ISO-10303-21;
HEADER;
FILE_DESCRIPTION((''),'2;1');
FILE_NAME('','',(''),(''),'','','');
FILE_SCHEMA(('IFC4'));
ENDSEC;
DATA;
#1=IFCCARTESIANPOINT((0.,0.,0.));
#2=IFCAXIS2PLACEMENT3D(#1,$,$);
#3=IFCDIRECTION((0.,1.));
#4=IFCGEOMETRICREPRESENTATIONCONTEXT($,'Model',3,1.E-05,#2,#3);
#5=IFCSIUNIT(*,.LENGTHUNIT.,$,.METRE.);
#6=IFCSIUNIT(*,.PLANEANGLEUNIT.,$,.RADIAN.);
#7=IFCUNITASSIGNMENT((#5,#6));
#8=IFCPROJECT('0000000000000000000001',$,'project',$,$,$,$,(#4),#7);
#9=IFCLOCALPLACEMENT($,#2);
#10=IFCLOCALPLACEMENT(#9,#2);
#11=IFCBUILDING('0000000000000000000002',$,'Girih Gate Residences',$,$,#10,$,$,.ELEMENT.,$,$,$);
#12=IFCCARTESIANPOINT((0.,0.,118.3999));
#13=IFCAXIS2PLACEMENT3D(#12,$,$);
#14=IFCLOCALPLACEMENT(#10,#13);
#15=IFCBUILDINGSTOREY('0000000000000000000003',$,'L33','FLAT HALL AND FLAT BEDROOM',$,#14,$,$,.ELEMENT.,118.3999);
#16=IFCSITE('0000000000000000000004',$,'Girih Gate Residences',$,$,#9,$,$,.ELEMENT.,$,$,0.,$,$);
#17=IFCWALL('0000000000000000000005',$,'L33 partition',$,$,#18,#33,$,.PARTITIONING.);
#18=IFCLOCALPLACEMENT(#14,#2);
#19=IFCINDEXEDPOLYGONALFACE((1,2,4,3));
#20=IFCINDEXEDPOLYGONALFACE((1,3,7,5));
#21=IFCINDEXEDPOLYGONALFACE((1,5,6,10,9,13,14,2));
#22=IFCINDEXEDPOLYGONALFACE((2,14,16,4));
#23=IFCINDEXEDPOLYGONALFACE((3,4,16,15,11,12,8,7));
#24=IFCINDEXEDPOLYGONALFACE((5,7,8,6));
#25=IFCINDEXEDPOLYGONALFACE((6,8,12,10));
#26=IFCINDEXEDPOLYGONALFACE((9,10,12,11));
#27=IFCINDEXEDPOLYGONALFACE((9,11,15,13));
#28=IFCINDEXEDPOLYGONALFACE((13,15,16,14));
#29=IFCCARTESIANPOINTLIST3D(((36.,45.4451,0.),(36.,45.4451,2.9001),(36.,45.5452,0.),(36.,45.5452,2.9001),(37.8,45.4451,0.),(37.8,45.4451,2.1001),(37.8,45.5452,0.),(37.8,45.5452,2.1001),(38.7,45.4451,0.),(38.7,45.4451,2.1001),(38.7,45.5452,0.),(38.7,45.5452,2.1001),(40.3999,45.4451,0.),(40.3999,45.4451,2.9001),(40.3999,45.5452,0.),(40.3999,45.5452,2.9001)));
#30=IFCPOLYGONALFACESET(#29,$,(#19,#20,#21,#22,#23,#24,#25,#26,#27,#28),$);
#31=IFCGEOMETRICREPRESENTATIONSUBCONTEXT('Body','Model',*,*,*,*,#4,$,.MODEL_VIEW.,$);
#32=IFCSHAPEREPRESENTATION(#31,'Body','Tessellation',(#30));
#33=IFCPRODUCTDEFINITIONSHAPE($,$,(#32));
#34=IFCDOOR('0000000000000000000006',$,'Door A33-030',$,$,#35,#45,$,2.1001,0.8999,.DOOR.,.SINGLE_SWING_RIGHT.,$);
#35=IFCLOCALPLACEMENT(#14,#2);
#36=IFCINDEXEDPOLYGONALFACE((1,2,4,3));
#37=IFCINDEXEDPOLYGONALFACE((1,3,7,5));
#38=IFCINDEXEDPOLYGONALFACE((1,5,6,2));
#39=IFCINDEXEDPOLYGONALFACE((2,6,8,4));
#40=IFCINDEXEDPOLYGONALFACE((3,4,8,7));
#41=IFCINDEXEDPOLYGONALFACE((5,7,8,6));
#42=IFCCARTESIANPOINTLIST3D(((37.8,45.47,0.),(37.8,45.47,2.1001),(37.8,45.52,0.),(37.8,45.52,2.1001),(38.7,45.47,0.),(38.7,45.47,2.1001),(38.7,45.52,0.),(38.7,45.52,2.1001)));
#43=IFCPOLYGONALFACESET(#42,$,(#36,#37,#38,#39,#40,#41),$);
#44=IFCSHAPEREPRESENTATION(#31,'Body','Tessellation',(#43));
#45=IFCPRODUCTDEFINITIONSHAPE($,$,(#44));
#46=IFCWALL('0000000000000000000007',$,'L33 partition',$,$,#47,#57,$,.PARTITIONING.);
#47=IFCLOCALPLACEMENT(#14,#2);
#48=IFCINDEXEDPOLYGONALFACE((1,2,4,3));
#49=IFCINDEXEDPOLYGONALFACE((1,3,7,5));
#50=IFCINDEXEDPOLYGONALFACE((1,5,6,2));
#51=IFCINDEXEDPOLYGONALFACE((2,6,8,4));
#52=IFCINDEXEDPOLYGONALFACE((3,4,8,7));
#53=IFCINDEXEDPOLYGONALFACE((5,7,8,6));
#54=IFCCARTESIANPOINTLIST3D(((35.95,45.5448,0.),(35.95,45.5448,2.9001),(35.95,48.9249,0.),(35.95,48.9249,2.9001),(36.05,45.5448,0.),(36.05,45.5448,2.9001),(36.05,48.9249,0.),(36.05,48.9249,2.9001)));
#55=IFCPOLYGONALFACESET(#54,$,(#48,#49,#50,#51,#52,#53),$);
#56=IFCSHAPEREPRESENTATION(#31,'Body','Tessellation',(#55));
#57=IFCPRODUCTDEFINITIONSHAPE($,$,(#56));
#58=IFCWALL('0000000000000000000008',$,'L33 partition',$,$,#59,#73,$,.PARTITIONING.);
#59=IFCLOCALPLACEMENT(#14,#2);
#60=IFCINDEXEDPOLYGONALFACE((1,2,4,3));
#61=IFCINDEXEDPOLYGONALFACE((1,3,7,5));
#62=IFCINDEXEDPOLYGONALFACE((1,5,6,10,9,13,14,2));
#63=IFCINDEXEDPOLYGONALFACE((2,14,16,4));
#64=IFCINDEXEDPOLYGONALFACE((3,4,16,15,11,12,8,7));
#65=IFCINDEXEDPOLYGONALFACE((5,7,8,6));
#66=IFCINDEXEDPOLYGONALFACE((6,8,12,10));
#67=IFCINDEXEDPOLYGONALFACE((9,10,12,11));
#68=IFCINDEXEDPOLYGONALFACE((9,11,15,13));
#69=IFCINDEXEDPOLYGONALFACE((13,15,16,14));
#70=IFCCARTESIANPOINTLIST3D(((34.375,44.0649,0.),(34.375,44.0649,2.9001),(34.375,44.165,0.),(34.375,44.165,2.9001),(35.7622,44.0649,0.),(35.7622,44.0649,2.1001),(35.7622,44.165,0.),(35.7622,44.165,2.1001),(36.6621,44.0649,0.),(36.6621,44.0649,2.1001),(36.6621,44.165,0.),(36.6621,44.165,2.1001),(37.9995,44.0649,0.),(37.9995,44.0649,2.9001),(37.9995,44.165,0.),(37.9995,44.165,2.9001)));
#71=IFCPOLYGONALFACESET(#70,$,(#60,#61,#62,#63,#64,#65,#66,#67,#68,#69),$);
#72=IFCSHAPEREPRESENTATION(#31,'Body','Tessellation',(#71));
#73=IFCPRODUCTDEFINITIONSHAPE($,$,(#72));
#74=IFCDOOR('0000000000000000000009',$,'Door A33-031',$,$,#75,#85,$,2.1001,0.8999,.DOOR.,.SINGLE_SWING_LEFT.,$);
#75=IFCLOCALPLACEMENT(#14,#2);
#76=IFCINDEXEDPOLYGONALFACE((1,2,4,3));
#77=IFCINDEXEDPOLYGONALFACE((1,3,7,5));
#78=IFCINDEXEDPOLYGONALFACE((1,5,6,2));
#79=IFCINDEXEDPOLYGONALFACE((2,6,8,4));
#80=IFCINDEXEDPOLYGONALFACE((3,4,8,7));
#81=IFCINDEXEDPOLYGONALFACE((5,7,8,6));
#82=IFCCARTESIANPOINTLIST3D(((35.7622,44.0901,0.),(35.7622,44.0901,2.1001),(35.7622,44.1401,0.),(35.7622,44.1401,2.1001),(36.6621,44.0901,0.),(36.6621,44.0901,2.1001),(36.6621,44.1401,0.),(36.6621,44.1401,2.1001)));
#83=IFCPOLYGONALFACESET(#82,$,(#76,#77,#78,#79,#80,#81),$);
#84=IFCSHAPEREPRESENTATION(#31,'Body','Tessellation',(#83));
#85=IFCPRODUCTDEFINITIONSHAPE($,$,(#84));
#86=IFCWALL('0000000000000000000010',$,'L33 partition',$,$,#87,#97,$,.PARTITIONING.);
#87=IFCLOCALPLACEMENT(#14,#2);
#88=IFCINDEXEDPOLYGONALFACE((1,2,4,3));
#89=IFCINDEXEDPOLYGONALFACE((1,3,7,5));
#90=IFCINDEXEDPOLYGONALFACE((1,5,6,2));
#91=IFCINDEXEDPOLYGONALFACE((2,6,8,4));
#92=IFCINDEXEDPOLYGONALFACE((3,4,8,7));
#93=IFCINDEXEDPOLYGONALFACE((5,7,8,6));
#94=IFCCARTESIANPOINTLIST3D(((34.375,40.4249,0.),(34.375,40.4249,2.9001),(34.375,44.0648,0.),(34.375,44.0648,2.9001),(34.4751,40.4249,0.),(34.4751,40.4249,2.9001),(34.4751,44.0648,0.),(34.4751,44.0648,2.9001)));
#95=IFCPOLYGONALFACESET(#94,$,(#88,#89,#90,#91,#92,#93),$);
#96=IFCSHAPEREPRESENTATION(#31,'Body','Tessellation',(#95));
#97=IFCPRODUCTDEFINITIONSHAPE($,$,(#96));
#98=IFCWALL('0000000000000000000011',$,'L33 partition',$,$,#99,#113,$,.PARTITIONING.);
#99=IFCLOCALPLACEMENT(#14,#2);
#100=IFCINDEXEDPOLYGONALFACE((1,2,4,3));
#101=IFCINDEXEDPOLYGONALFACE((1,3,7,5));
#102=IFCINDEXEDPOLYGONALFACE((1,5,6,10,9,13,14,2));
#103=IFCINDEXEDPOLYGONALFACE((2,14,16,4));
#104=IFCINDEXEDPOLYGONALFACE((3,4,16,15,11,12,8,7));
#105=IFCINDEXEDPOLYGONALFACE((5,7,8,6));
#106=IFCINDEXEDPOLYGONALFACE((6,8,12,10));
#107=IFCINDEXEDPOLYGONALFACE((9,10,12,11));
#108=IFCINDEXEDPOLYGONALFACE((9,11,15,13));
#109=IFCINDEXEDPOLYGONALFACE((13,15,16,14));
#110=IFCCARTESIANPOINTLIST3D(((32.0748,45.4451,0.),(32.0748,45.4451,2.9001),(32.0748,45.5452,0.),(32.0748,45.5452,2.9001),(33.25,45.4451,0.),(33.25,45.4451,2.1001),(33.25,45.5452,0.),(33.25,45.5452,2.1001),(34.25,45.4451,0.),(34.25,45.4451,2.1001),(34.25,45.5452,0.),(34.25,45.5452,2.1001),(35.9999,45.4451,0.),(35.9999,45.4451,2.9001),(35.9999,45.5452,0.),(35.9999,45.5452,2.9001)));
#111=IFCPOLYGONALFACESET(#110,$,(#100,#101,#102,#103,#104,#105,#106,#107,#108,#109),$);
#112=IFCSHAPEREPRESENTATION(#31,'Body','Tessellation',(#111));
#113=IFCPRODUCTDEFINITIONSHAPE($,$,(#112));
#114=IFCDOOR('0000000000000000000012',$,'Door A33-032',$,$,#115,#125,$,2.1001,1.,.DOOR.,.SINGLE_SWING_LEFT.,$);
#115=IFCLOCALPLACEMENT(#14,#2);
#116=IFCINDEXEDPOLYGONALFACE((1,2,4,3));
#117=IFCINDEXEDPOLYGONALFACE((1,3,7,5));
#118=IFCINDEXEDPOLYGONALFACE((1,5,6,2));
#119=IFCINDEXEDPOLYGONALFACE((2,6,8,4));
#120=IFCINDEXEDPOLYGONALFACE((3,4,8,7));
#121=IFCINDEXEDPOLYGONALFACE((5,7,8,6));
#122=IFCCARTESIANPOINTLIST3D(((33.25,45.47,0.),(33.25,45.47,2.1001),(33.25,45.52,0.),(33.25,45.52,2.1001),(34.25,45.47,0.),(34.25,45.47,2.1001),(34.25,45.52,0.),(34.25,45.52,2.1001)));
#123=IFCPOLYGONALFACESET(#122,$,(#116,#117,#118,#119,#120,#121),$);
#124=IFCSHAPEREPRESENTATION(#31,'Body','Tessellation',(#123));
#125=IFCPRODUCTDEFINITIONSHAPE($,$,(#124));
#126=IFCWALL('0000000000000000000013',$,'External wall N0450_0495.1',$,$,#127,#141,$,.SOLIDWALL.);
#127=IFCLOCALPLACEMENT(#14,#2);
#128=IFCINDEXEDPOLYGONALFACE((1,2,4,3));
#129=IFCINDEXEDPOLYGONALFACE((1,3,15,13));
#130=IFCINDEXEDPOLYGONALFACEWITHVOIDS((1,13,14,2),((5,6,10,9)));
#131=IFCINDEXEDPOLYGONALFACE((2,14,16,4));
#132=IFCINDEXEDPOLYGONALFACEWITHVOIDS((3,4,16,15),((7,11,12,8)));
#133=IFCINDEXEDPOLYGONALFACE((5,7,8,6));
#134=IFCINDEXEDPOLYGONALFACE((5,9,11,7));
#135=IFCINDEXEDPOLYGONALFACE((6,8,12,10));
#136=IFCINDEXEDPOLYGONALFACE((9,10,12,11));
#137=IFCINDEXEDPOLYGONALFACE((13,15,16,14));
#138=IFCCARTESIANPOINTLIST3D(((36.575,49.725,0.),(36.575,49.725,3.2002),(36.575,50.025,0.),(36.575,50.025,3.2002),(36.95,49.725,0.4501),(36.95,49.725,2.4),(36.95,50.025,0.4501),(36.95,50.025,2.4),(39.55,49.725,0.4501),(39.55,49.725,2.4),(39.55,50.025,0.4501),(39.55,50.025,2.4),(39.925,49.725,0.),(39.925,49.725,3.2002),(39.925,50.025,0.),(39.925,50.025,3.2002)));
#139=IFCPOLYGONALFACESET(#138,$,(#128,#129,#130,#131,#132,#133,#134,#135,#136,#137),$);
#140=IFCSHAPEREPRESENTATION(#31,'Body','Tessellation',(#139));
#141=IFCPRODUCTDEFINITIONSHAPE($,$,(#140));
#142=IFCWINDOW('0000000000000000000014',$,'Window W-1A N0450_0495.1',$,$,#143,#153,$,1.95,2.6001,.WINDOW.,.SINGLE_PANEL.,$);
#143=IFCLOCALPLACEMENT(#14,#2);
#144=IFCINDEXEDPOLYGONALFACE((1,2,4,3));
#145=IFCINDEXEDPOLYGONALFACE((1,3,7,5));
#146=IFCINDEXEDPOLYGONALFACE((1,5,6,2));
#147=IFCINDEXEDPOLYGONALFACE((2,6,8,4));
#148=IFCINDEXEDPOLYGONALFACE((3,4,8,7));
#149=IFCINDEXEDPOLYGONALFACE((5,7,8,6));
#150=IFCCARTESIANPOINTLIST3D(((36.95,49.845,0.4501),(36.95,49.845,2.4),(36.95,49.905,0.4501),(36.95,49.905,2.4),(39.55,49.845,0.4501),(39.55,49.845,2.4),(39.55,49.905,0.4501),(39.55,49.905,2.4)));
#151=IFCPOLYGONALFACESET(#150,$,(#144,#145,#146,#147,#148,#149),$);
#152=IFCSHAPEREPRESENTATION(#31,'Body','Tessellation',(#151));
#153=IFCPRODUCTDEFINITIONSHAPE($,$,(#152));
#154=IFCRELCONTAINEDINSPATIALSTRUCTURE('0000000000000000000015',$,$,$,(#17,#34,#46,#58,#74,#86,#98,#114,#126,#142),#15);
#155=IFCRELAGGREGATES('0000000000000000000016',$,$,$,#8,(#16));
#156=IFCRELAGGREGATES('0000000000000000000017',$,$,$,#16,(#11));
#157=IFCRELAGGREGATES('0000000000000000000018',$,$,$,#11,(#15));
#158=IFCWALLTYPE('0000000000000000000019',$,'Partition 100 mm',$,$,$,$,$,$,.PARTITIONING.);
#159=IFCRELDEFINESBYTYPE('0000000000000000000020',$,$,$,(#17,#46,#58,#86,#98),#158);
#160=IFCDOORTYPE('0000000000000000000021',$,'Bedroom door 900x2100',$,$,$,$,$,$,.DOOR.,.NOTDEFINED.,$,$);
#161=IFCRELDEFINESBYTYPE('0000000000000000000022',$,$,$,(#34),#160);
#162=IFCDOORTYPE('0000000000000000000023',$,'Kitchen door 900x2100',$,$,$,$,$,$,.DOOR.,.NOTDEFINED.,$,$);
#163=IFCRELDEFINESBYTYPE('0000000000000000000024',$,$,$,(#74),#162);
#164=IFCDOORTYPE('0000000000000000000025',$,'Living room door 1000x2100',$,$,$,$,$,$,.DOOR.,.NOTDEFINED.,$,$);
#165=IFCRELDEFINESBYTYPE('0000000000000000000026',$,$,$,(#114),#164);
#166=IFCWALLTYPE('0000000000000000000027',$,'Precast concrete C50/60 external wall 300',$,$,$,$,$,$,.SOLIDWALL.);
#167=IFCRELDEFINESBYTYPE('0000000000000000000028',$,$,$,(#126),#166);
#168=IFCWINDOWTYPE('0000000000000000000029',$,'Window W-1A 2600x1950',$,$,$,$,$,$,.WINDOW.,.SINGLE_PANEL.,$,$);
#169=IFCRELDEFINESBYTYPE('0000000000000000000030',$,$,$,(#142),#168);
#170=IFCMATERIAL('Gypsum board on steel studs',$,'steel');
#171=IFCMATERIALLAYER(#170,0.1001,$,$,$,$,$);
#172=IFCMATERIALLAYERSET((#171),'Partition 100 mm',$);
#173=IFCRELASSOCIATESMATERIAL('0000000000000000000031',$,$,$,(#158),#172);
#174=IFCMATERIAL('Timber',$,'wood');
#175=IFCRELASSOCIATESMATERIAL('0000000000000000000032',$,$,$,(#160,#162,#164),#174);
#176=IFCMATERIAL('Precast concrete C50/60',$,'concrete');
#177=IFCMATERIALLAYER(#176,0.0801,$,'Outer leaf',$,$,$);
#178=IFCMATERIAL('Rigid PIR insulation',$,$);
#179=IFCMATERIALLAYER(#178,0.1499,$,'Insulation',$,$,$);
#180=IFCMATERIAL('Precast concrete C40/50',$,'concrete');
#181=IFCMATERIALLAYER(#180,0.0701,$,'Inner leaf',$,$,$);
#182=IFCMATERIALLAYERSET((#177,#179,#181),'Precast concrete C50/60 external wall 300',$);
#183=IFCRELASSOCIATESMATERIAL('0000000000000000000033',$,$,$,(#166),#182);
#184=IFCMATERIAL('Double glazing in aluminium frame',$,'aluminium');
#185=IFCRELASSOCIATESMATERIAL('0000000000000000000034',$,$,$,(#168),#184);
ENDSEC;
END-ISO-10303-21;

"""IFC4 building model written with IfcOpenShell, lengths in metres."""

from ifc_helpers import new_model, si_unit, direction, frame, frame_2d, origin, place, context, subcontext, project, spatial, rectangle, extrude, material, layer, layer_set, type_object, element, fill, save


model = new_model("IFC4")

# Units and contexts
model_context = context("Model", 3, precision=1e-05, world=origin(), true_north=direction((0.0, 1.0)))
body_context = subcontext(model_context, "Body", "Model", "MODEL_VIEW")
ifc_project = project(units=[si_unit("LENGTHUNIT", "METRE"), si_unit("PLANEANGLEUNIT", "RADIAN")], contexts=[model_context])

# Site, building, storey
site_placement = place(None, origin())
site = spatial("IfcSite", under=ifc_project, at=site_placement, Name="Girih Gate Residences", CompositionType="ELEMENT", RefElevation=0.0)
building_placement = place(site_placement, origin())
building = spatial("IfcBuilding", under=site, at=building_placement, Name="Girih Gate Residences", CompositionType="ELEMENT")
storey_placement = place(building_placement, frame((0.0, 0.0, 118.3999)))
storey = spatial("IfcBuildingStorey", under=building, at=storey_placement, Name="L33", Description="FLAT HALL AND FLAT BEDROOM", CompositionType="ELEMENT", Elevation=118.3999)

# Shared definitions
ifc_material_1 = material(Name="Gypsum board on steel studs", Category="steel")

# Wall, opening, door
ifc_layer_1 = layer(ifc_material_1, 0.1001)
ifc_layer_set_1 = layer_set([ifc_layer_1], Name="Partition 100 mm")
wall_type_1 = type_object("IfcWallType", Name="Partition 100 mm", PredefinedType="PARTITIONING", material=ifc_layer_set_1)
wall_1_placement = place(storey_placement, frame((36.0, 45.4951, 0.0), z_axis=(0.0, 0.0, 1.0), x_axis=(1.0, 0.0, 0.0)))
wall_1 = element("IfcWall", 1, at=wall_1_placement, inside=storey, type_object=wall_type_1, Name="L33 partition", PredefinedType="PARTITIONING", context=body_context, shape_type="SweptSolid", body=[
    extrude(rectangle(XDim=4.3999, YDim=0.1001, at=frame_2d((2.2, 0.0))), origin(), (0.0, 0.0, 1.0), 2.9001),
])
opening_1_placement = place(wall_1_placement, frame((1.8, 0.0, 0.0)))
opening_1 = element("IfcOpeningElement", 2, at=opening_1_placement, cuts=wall_1, PredefinedType="OPENING", context=body_context, shape_type="SweptSolid", body=[
    extrude(rectangle(XDim=0.8999, YDim=2.1001, at=frame_2d((0.45, 1.05))), frame((0.0, 0.0601, 0.0), z_axis=(0.0, -1.0, 0.0), x_axis=(1.0, 0.0, 0.0)), (0.0, 0.0, 1.0), 0.1201),
])
ifc_material_2 = material(Name="Timber", Category="wood")
door_type_1 = type_object("IfcDoorType", Name="Bedroom door 900x2100", OperationType="NOTDEFINED", PredefinedType="DOOR", material=ifc_material_2)
door_1_placement = place(opening_1_placement, origin())
door_1 = element("IfcDoor", 3, at=door_1_placement, inside=storey, type_object=door_type_1, Name="Door A33-030", OperationType="SINGLE_SWING_RIGHT", OverallHeight=2.1001, OverallWidth=0.8999, PredefinedType="DOOR", context=body_context, shape_type="SweptSolid", body=[
    extrude(rectangle(XDim=0.8999, YDim=2.1001, at=frame_2d((0.45, 1.05))), frame((0.0, 0.0249, 0.0), z_axis=(0.0, -1.0, 0.0), x_axis=(1.0, 0.0, 0.0)), (0.0, 0.0, 1.0), 0.05),
])
fill(opening_1, door_1)

# Wall
wall_2_placement = place(storey_placement, frame((36.0, 45.5449, 0.0), z_axis=(0.0, 0.0, 1.0), x_axis=(0.0, 1.0, 0.0)))
element("IfcWall", 4, at=wall_2_placement, inside=storey, type_object=wall_type_1, Name="L33 partition", PredefinedType="PARTITIONING", context=body_context, shape_type="SweptSolid", body=[
    extrude(rectangle(XDim=3.3801, YDim=0.1001, at=frame_2d((1.6899, 0.0))), origin(), (0.0, 0.0, 1.0), 2.9001),
])

# Wall, opening, door
wall_3_placement = place(storey_placement, frame((37.9995, 44.115, 0.0), z_axis=(0.0, 0.0, 1.0), x_axis=(-1.0, 0.0, 0.0)))
wall_3 = element("IfcWall", 5, at=wall_3_placement, inside=storey, type_object=wall_type_1, Name="L33 partition", PredefinedType="PARTITIONING", context=body_context, shape_type="SweptSolid", body=[
    extrude(rectangle(XDim=3.6245, YDim=0.1001, at=frame_2d((1.8123, 0.0))), origin(), (0.0, 0.0, 1.0), 2.9001),
])
opening_2_placement = place(wall_3_placement, frame((1.3374, 0.0, 0.0)))
opening_2 = element("IfcOpeningElement", 6, at=opening_2_placement, cuts=wall_3, PredefinedType="OPENING", context=body_context, shape_type="SweptSolid", body=[
    extrude(rectangle(XDim=0.8999, YDim=2.1001, at=frame_2d((0.45, 1.05))), frame((0.0, 0.0601, 0.0), z_axis=(0.0, -1.0, 0.0), x_axis=(1.0, 0.0, 0.0)), (0.0, 0.0, 1.0), 0.1201),
])
door_type_2 = type_object("IfcDoorType", Name="Kitchen door 900x2100", OperationType="NOTDEFINED", PredefinedType="DOOR", material=ifc_material_2)
door_2_placement = place(opening_2_placement, origin())
door_2 = element("IfcDoor", 7, at=door_2_placement, inside=storey, type_object=door_type_2, Name="Door A33-031", OperationType="SINGLE_SWING_LEFT", OverallHeight=2.1001, OverallWidth=0.8999, PredefinedType="DOOR", context=body_context, shape_type="SweptSolid", body=[
    extrude(rectangle(XDim=0.8999, YDim=2.1001, at=frame_2d((0.45, 1.05))), frame((0.0, 0.0249, 0.0), z_axis=(0.0, -1.0, 0.0), x_axis=(1.0, 0.0, 0.0)), (0.0, 0.0, 1.0), 0.05),
])
fill(opening_2, door_2)

# Wall
wall_4_placement = place(storey_placement, frame((34.425, 40.425, 0.0), z_axis=(0.0, 0.0, 1.0), x_axis=(0.0, 1.0, 0.0)))
element("IfcWall", 8, at=wall_4_placement, inside=storey, type_object=wall_type_1, Name="L33 partition", PredefinedType="PARTITIONING", context=body_context, shape_type="SweptSolid", body=[
    extrude(rectangle(XDim=3.6399, YDim=0.1001, at=frame_2d((1.8198, 0.0))), origin(), (0.0, 0.0, 1.0), 2.9001),
])

# Wall, opening, door
wall_5_placement = place(storey_placement, frame((32.075, 45.4951, 0.0), z_axis=(0.0, 0.0, 1.0), x_axis=(1.0, 0.0, 0.0)))
wall_5 = element("IfcWall", 9, at=wall_5_placement, inside=storey, type_object=wall_type_1, Name="L33 partition", PredefinedType="PARTITIONING", context=body_context, shape_type="SweptSolid", body=[
    extrude(rectangle(XDim=3.925, YDim=0.1001, at=frame_2d((1.9624, 0.0))), origin(), (0.0, 0.0, 1.0), 2.9001),
])
opening_3_placement = place(wall_5_placement, frame((1.175, 0.0, 0.0)))
opening_3 = element("IfcOpeningElement", 10, at=opening_3_placement, cuts=wall_5, PredefinedType="OPENING", context=body_context, shape_type="SweptSolid", body=[
    extrude(rectangle(XDim=1.0, YDim=2.1001, at=frame_2d((0.5, 1.05))), frame((0.0, 0.0601, 0.0), z_axis=(0.0, -1.0, 0.0), x_axis=(1.0, 0.0, 0.0)), (0.0, 0.0, 1.0), 0.1201),
])
door_type_3 = type_object("IfcDoorType", Name="Living room door 1000x2100", OperationType="NOTDEFINED", PredefinedType="DOOR", material=ifc_material_2)
door_3_placement = place(opening_3_placement, origin())
door_3 = element("IfcDoor", 11, at=door_3_placement, inside=storey, type_object=door_type_3, Name="Door A33-032", OperationType="SINGLE_SWING_LEFT", OverallHeight=2.1001, OverallWidth=1.0, PredefinedType="DOOR", context=body_context, shape_type="SweptSolid", body=[
    extrude(rectangle(XDim=1.0, YDim=2.1001, at=frame_2d((0.5, 1.05))), frame((0.0, 0.0249, 0.0), z_axis=(0.0, -1.0, 0.0), x_axis=(1.0, 0.0, 0.0)), (0.0, 0.0, 1.0), 0.05),
])
fill(opening_3, door_3)

# Wall, opening, window
ifc_material_3 = material(Name="Precast concrete C50/60", Category="concrete")
ifc_layer_2 = layer(ifc_material_3, 0.0801, Name="Outer leaf")
ifc_material_4 = material(Name="Rigid PIR insulation")
ifc_layer_3 = layer(ifc_material_4, 0.1499, Name="Insulation")
ifc_material_5 = material(Name="Precast concrete C40/50", Category="concrete")
ifc_layer_4 = layer(ifc_material_5, 0.0701, Name="Inner leaf")
ifc_layer_set_2 = layer_set([ifc_layer_2, ifc_layer_3, ifc_layer_4], Name="Precast concrete C50/60 external wall 300")
wall_type_2 = type_object("IfcWallType", Name="Precast concrete C50/60 external wall 300", PredefinedType="SOLIDWALL", material=ifc_layer_set_2)
wall_6_placement = place(storey_placement, frame((36.575, 49.875, 0.0), z_axis=(0.0, 0.0, 1.0), x_axis=(1.0, 0.0, 0.0)))
wall_6 = element("IfcWall", 12, at=wall_6_placement, inside=storey, type_object=wall_type_2, Name="External wall N0450_0495.1", PredefinedType="SOLIDWALL", context=body_context, shape_type="SweptSolid", body=[
    extrude(rectangle(XDim=3.3501, YDim=0.3, at=frame_2d((1.675, 0.0))), origin(), (0.0, 0.0, 1.0), 3.2002),
])
opening_4_placement = place(wall_6_placement, frame((0.375, 0.0, 0.45)))
opening_4 = element("IfcOpeningElement", 13, at=opening_4_placement, cuts=wall_6, PredefinedType="OPENING", context=body_context, shape_type="SweptSolid", body=[
    extrude(rectangle(XDim=2.6001, YDim=1.95, at=frame_2d((1.3, 0.9751))), frame((0.0, 0.1599, 0.0), z_axis=(0.0, -1.0, 0.0), x_axis=(1.0, 0.0, 0.0)), (0.0, 0.0, 1.0), 0.3201),
])
ifc_material_6 = material(Name="Double glazing in aluminium frame", Category="aluminium")
window_type = type_object("IfcWindowType", Name="Window W-1A 2600x1950", PartitioningType="SINGLE_PANEL", PredefinedType="WINDOW", material=ifc_material_6)
window_1_placement = place(opening_4_placement, origin())
window_1 = element("IfcWindow", 14, at=window_1_placement, inside=storey, type_object=window_type, Name="Window W-1A N0450_0495.1", OverallHeight=1.95, OverallWidth=2.6001, PartitioningType="SINGLE_PANEL", PredefinedType="WINDOW", context=body_context, shape_type="SweptSolid", body=[
    extrude(rectangle(XDim=2.6001, YDim=1.95, at=frame_2d((1.3, 0.9751))), frame((0.0, 0.03, 0.0), z_axis=(0.0, -1.0, 0.0), x_axis=(1.0, 0.0, 0.0)), (0.0, 0.0, 1.0), 0.0601),
])
fill(opening_4, window_1)

save(model, "model.ifc")
